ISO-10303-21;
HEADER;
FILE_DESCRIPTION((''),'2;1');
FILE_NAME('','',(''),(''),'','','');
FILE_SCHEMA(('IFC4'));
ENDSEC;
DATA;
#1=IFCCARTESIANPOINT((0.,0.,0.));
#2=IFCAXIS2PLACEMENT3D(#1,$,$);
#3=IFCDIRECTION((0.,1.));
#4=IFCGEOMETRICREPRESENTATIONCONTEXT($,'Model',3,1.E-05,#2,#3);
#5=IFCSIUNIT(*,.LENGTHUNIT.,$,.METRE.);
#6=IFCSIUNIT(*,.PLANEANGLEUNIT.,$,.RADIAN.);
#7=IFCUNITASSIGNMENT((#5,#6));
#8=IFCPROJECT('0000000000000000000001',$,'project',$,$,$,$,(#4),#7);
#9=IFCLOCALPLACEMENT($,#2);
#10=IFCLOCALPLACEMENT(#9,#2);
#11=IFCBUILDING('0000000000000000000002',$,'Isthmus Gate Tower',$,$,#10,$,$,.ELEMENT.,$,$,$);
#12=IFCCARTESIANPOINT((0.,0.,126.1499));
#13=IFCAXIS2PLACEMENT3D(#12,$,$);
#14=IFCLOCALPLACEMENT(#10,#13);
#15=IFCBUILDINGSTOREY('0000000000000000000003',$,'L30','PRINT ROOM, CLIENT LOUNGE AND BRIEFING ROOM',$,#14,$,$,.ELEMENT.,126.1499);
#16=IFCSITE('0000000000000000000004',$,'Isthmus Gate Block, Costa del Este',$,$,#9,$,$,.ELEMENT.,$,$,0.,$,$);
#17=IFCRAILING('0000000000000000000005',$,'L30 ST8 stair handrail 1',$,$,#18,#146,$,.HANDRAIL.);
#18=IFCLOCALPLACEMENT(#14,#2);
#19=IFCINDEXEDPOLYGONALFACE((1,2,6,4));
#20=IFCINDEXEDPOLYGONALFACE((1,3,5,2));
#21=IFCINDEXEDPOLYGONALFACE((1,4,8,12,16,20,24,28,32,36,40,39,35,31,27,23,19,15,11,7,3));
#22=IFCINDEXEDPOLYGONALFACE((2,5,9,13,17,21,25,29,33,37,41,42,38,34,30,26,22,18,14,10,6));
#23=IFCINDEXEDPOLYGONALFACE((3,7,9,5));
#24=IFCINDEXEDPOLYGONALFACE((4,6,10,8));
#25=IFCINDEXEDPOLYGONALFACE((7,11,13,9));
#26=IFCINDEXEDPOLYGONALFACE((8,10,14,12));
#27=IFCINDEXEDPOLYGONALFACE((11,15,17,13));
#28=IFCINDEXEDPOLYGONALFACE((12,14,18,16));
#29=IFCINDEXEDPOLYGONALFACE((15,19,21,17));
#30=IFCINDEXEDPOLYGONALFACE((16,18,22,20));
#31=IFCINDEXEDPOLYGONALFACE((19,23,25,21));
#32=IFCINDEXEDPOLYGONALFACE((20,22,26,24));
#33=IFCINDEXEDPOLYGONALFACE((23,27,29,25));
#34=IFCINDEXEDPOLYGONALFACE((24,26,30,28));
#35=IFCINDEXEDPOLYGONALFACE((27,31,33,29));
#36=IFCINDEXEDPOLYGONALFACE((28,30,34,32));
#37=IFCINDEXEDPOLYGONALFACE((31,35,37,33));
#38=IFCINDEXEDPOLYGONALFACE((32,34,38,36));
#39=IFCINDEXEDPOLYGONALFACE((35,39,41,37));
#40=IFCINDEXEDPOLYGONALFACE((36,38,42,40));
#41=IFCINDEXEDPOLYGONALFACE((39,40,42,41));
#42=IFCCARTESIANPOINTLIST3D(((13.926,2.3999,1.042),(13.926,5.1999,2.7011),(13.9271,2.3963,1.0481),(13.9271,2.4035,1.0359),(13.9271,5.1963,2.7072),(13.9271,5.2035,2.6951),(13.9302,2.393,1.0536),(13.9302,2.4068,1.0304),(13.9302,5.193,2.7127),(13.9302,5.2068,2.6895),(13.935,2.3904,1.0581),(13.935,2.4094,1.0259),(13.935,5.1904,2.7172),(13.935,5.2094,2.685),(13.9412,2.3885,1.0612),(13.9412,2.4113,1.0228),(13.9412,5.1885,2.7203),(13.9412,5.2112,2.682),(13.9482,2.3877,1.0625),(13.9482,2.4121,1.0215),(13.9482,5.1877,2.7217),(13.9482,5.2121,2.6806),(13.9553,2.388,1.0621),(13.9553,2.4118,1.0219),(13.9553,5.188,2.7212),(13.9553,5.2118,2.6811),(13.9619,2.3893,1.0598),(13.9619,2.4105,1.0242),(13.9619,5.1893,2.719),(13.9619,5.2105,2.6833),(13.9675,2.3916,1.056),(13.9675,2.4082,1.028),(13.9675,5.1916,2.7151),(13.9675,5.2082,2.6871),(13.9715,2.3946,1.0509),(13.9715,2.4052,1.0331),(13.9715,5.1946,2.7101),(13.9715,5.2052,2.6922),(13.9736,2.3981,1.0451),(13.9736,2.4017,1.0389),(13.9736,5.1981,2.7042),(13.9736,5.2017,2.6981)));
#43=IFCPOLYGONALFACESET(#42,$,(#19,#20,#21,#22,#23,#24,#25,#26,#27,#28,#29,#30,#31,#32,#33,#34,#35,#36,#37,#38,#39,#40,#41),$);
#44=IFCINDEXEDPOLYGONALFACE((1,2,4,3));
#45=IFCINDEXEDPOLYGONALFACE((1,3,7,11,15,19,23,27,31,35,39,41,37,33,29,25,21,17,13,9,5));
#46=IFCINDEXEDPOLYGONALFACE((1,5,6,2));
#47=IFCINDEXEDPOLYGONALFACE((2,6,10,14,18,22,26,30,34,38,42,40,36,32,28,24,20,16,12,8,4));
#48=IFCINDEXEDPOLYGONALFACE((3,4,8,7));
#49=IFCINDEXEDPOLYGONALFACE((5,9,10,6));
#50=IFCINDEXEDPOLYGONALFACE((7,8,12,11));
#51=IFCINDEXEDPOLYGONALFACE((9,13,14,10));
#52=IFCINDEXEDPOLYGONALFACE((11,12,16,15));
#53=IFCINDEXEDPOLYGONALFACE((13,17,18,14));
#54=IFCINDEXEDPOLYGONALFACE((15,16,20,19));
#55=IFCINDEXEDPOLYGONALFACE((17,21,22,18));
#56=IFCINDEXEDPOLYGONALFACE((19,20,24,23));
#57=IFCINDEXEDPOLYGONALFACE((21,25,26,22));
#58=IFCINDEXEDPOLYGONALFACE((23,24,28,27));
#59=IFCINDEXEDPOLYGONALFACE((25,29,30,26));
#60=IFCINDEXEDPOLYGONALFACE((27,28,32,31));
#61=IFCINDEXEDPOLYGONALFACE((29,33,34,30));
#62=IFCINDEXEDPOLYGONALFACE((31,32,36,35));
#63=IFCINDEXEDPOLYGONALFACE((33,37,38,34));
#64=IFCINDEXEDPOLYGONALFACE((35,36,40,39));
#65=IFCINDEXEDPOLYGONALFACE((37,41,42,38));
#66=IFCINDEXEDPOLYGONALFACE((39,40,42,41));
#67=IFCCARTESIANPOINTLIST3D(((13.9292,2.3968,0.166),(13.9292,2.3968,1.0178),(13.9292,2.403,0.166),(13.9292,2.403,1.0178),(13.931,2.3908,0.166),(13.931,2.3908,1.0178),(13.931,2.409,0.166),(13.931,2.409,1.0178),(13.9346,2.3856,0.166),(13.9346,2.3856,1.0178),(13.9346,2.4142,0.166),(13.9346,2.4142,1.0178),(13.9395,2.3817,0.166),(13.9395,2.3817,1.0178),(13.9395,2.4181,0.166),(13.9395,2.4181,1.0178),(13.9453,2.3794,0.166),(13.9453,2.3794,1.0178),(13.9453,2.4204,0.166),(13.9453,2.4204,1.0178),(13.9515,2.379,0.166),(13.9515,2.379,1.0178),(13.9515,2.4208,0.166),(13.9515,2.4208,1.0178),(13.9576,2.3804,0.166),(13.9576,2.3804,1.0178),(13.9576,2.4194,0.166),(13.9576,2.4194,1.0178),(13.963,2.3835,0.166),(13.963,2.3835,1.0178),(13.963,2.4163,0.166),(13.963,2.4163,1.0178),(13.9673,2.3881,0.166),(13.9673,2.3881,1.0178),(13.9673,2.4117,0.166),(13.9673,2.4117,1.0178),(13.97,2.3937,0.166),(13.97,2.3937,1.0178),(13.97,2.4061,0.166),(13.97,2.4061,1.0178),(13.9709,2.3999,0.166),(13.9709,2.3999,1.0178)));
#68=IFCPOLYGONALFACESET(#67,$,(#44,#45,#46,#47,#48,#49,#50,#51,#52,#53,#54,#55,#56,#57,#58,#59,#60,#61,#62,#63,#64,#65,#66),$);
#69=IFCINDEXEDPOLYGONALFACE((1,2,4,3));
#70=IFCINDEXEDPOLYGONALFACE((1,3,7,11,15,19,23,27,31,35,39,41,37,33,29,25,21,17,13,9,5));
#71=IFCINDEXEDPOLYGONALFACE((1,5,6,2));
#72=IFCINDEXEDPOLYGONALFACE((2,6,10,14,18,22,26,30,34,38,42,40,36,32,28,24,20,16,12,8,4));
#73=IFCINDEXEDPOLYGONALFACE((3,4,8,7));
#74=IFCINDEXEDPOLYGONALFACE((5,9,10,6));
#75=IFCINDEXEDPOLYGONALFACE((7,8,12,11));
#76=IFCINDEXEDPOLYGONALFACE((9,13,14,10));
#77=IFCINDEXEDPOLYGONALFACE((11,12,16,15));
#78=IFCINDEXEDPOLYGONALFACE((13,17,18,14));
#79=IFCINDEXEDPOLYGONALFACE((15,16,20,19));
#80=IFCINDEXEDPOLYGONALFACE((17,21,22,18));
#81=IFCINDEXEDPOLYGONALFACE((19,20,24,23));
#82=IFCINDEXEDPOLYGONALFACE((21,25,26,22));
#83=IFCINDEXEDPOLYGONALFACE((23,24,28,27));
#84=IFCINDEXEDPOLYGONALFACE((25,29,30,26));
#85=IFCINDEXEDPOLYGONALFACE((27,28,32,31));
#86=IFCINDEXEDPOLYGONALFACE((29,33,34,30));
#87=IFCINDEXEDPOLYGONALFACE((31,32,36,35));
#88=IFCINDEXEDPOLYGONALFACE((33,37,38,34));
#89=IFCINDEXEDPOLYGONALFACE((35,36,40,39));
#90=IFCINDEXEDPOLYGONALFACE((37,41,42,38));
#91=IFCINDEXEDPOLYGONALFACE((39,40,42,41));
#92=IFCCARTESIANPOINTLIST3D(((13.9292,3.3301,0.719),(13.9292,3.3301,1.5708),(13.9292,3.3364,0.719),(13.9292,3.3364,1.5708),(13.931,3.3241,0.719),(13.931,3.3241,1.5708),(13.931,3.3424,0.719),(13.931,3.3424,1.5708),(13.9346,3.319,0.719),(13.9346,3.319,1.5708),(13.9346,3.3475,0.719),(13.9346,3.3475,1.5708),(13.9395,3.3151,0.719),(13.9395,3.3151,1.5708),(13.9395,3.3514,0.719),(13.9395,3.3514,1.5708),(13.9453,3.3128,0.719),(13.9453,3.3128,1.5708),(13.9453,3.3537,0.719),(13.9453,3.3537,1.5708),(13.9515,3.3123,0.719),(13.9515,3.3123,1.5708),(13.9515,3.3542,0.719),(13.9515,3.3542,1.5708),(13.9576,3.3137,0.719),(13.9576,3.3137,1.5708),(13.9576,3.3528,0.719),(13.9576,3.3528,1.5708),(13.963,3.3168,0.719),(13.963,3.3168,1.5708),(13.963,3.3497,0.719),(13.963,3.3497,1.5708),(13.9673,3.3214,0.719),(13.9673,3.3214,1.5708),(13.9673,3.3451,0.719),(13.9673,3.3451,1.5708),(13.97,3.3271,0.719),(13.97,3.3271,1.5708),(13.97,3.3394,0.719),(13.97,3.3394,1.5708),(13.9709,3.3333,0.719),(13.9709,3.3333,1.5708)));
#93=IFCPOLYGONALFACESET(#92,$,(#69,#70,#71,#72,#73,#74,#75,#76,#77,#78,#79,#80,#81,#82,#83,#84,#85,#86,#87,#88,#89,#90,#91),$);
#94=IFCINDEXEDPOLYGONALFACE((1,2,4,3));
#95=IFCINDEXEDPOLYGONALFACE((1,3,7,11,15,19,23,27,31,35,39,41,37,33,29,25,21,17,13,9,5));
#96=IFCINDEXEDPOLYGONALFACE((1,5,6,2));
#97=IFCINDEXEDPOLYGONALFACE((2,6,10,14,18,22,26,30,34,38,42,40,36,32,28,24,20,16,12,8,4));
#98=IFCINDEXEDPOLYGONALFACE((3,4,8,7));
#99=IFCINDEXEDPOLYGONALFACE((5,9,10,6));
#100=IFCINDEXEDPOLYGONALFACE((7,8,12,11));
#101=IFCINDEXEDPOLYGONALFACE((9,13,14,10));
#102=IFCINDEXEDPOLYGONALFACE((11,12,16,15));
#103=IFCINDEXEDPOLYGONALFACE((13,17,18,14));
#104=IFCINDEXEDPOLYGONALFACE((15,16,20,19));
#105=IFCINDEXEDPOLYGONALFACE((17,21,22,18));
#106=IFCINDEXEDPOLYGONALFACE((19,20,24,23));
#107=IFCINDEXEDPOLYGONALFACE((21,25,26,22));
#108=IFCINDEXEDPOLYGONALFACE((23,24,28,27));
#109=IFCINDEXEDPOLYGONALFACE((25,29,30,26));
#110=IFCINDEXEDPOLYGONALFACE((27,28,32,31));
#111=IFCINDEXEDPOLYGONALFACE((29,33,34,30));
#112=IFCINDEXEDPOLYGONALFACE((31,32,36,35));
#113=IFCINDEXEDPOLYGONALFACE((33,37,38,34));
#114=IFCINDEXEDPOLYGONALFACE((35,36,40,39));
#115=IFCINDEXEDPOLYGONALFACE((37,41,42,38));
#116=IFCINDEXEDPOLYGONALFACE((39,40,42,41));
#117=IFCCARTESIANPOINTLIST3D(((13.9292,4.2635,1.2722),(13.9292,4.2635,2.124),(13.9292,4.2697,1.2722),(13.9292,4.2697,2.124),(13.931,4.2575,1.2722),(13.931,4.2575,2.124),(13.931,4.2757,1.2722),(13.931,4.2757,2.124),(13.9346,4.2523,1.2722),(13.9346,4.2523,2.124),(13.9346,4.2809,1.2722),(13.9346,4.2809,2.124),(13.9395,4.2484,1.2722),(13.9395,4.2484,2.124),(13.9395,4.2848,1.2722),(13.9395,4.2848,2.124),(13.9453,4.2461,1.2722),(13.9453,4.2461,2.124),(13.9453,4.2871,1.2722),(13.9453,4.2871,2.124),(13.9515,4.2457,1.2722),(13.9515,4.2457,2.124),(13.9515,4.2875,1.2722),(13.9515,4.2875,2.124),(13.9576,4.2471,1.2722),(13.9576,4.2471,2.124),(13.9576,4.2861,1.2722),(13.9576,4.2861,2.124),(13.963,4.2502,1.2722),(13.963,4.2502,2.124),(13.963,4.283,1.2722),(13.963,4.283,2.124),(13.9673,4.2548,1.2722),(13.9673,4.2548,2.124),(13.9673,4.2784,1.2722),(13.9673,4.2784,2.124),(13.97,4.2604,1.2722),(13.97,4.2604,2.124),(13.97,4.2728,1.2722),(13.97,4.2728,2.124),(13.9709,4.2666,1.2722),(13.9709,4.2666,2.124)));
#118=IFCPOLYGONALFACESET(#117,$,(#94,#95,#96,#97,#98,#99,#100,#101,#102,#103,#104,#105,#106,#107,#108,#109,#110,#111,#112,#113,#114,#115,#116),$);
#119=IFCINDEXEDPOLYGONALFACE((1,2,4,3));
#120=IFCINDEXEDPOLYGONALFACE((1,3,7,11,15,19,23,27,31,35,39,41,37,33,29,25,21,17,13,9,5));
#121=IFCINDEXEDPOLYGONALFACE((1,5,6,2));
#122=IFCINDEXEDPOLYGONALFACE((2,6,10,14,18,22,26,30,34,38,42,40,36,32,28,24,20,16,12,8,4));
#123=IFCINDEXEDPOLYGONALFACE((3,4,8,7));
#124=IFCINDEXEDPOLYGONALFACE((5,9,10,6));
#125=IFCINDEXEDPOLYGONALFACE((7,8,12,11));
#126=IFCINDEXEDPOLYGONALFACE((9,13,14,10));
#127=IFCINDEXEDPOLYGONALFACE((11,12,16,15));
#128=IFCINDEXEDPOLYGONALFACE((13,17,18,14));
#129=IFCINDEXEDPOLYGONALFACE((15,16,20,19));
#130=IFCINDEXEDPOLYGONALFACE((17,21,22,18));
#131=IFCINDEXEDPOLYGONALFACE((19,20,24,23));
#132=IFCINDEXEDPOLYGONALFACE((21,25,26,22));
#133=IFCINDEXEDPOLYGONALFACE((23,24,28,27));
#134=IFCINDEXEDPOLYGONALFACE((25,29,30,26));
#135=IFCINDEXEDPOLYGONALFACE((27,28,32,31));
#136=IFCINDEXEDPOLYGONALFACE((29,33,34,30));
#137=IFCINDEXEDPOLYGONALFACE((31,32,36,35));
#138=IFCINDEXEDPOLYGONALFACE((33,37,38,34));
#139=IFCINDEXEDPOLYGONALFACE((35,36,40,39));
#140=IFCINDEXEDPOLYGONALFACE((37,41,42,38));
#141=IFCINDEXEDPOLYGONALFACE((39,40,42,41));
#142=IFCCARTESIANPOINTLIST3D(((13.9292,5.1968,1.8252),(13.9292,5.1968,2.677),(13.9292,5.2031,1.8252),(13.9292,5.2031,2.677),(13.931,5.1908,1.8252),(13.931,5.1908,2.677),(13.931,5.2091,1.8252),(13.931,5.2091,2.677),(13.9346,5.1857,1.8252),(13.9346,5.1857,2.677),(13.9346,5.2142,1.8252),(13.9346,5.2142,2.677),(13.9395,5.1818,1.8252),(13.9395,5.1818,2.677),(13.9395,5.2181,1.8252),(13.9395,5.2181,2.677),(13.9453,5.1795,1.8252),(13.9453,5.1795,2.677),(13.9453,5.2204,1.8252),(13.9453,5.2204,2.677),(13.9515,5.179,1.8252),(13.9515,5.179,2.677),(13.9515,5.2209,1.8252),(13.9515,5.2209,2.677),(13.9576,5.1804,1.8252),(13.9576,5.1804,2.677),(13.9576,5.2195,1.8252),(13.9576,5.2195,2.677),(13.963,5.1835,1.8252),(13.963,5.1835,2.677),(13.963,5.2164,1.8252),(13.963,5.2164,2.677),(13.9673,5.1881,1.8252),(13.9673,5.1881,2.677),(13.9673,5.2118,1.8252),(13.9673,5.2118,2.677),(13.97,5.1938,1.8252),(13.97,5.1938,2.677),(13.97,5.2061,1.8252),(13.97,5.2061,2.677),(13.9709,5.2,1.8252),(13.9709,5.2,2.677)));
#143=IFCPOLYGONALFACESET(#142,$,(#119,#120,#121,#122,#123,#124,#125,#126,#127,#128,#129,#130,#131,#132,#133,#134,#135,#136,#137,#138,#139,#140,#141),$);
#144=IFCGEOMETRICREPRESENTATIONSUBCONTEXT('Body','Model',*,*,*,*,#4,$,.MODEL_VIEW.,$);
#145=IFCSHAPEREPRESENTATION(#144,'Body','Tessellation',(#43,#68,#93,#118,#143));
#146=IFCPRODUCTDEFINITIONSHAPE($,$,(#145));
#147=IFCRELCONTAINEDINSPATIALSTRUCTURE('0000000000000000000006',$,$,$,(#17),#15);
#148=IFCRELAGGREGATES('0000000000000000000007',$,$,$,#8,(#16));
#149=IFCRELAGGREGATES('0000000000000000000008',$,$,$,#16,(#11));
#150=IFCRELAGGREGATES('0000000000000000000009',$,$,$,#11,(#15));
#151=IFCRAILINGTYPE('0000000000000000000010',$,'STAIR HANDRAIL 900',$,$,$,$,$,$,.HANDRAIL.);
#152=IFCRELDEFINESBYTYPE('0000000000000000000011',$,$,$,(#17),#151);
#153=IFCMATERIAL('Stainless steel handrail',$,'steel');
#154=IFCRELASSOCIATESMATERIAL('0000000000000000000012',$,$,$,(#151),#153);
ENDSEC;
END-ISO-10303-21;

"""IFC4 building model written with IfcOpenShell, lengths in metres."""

from ifc_helpers import new_model, si_unit, direction, frame, origin, origin_2d, place, context, subcontext, project, spatial, circle, extrude, material, type_object, element, save


model = new_model("IFC4")

# Units and contexts
model_context = context("Model", 3, precision=1e-05, world=origin(), true_north=direction((0.0, 1.0)))
body_context = subcontext(model_context, "Body", "Model", "MODEL_VIEW")
ifc_project = project(units=[si_unit("LENGTHUNIT", "METRE"), si_unit("PLANEANGLEUNIT", "RADIAN")], contexts=[model_context])

# Site, building, storey
site_placement = place(None, origin())
site = spatial("IfcSite", under=ifc_project, at=site_placement, Name="Isthmus Gate Block, Costa del Este", CompositionType="ELEMENT", RefElevation=0.0)
building_placement = place(site_placement, origin())
building = spatial("IfcBuilding", under=site, at=building_placement, Name="Isthmus Gate Tower", CompositionType="ELEMENT")
storey_placement = place(building_placement, frame((0.0, 0.0, 126.1499)))
storey = spatial("IfcBuildingStorey", under=building, at=storey_placement, Name="L30", Description="PRINT ROOM, CLIENT LOUNGE AND BRIEFING ROOM", CompositionType="ELEMENT", Elevation=126.1499)

# Railing
ifc_material_1 = material(Name="Stainless steel handrail", Category="steel")
railing_type_1 = type_object("IfcRailingType", Name="STAIR HANDRAIL 900", PredefinedType="HANDRAIL", material=ifc_material_1)
railing_1_placement = place(storey_placement, frame((13.95, 2.3999, 0.166)))
element("IfcRailing", 1, at=railing_1_placement, inside=storey, type_object=railing_type_1, Name="L30 ST8 stair handrail 1", PredefinedType="HANDRAIL", context=body_context, shape_type="SweptSolid", body=[
    extrude(circle(Radius=0.0239, at=origin_2d()), frame((0.0, 0.0, 0.876), z_axis=(0.0, 0.860306, 0.509778), x_axis=(-1.0, 0.0, 0.0)), (0.0, 0.0, 1.0), 3.2546),
    extrude(circle(Radius=0.021, at=origin_2d()), origin(), (0.0, 0.0, 1.0), 0.8518),
    extrude(circle(Radius=0.021, at=origin_2d()), frame((0.0, 0.9333, 0.553)), (0.0, 0.0, 1.0), 0.8518),
    extrude(circle(Radius=0.021, at=origin_2d()), frame((0.0, 1.8667, 1.1062)), (0.0, 0.0, 1.0), 0.8518),
    extrude(circle(Radius=0.021, at=origin_2d()), frame((0.0, 2.8, 1.6592)), (0.0, 0.0, 1.0), 0.8518),
])

save(model, "model.ifc")
